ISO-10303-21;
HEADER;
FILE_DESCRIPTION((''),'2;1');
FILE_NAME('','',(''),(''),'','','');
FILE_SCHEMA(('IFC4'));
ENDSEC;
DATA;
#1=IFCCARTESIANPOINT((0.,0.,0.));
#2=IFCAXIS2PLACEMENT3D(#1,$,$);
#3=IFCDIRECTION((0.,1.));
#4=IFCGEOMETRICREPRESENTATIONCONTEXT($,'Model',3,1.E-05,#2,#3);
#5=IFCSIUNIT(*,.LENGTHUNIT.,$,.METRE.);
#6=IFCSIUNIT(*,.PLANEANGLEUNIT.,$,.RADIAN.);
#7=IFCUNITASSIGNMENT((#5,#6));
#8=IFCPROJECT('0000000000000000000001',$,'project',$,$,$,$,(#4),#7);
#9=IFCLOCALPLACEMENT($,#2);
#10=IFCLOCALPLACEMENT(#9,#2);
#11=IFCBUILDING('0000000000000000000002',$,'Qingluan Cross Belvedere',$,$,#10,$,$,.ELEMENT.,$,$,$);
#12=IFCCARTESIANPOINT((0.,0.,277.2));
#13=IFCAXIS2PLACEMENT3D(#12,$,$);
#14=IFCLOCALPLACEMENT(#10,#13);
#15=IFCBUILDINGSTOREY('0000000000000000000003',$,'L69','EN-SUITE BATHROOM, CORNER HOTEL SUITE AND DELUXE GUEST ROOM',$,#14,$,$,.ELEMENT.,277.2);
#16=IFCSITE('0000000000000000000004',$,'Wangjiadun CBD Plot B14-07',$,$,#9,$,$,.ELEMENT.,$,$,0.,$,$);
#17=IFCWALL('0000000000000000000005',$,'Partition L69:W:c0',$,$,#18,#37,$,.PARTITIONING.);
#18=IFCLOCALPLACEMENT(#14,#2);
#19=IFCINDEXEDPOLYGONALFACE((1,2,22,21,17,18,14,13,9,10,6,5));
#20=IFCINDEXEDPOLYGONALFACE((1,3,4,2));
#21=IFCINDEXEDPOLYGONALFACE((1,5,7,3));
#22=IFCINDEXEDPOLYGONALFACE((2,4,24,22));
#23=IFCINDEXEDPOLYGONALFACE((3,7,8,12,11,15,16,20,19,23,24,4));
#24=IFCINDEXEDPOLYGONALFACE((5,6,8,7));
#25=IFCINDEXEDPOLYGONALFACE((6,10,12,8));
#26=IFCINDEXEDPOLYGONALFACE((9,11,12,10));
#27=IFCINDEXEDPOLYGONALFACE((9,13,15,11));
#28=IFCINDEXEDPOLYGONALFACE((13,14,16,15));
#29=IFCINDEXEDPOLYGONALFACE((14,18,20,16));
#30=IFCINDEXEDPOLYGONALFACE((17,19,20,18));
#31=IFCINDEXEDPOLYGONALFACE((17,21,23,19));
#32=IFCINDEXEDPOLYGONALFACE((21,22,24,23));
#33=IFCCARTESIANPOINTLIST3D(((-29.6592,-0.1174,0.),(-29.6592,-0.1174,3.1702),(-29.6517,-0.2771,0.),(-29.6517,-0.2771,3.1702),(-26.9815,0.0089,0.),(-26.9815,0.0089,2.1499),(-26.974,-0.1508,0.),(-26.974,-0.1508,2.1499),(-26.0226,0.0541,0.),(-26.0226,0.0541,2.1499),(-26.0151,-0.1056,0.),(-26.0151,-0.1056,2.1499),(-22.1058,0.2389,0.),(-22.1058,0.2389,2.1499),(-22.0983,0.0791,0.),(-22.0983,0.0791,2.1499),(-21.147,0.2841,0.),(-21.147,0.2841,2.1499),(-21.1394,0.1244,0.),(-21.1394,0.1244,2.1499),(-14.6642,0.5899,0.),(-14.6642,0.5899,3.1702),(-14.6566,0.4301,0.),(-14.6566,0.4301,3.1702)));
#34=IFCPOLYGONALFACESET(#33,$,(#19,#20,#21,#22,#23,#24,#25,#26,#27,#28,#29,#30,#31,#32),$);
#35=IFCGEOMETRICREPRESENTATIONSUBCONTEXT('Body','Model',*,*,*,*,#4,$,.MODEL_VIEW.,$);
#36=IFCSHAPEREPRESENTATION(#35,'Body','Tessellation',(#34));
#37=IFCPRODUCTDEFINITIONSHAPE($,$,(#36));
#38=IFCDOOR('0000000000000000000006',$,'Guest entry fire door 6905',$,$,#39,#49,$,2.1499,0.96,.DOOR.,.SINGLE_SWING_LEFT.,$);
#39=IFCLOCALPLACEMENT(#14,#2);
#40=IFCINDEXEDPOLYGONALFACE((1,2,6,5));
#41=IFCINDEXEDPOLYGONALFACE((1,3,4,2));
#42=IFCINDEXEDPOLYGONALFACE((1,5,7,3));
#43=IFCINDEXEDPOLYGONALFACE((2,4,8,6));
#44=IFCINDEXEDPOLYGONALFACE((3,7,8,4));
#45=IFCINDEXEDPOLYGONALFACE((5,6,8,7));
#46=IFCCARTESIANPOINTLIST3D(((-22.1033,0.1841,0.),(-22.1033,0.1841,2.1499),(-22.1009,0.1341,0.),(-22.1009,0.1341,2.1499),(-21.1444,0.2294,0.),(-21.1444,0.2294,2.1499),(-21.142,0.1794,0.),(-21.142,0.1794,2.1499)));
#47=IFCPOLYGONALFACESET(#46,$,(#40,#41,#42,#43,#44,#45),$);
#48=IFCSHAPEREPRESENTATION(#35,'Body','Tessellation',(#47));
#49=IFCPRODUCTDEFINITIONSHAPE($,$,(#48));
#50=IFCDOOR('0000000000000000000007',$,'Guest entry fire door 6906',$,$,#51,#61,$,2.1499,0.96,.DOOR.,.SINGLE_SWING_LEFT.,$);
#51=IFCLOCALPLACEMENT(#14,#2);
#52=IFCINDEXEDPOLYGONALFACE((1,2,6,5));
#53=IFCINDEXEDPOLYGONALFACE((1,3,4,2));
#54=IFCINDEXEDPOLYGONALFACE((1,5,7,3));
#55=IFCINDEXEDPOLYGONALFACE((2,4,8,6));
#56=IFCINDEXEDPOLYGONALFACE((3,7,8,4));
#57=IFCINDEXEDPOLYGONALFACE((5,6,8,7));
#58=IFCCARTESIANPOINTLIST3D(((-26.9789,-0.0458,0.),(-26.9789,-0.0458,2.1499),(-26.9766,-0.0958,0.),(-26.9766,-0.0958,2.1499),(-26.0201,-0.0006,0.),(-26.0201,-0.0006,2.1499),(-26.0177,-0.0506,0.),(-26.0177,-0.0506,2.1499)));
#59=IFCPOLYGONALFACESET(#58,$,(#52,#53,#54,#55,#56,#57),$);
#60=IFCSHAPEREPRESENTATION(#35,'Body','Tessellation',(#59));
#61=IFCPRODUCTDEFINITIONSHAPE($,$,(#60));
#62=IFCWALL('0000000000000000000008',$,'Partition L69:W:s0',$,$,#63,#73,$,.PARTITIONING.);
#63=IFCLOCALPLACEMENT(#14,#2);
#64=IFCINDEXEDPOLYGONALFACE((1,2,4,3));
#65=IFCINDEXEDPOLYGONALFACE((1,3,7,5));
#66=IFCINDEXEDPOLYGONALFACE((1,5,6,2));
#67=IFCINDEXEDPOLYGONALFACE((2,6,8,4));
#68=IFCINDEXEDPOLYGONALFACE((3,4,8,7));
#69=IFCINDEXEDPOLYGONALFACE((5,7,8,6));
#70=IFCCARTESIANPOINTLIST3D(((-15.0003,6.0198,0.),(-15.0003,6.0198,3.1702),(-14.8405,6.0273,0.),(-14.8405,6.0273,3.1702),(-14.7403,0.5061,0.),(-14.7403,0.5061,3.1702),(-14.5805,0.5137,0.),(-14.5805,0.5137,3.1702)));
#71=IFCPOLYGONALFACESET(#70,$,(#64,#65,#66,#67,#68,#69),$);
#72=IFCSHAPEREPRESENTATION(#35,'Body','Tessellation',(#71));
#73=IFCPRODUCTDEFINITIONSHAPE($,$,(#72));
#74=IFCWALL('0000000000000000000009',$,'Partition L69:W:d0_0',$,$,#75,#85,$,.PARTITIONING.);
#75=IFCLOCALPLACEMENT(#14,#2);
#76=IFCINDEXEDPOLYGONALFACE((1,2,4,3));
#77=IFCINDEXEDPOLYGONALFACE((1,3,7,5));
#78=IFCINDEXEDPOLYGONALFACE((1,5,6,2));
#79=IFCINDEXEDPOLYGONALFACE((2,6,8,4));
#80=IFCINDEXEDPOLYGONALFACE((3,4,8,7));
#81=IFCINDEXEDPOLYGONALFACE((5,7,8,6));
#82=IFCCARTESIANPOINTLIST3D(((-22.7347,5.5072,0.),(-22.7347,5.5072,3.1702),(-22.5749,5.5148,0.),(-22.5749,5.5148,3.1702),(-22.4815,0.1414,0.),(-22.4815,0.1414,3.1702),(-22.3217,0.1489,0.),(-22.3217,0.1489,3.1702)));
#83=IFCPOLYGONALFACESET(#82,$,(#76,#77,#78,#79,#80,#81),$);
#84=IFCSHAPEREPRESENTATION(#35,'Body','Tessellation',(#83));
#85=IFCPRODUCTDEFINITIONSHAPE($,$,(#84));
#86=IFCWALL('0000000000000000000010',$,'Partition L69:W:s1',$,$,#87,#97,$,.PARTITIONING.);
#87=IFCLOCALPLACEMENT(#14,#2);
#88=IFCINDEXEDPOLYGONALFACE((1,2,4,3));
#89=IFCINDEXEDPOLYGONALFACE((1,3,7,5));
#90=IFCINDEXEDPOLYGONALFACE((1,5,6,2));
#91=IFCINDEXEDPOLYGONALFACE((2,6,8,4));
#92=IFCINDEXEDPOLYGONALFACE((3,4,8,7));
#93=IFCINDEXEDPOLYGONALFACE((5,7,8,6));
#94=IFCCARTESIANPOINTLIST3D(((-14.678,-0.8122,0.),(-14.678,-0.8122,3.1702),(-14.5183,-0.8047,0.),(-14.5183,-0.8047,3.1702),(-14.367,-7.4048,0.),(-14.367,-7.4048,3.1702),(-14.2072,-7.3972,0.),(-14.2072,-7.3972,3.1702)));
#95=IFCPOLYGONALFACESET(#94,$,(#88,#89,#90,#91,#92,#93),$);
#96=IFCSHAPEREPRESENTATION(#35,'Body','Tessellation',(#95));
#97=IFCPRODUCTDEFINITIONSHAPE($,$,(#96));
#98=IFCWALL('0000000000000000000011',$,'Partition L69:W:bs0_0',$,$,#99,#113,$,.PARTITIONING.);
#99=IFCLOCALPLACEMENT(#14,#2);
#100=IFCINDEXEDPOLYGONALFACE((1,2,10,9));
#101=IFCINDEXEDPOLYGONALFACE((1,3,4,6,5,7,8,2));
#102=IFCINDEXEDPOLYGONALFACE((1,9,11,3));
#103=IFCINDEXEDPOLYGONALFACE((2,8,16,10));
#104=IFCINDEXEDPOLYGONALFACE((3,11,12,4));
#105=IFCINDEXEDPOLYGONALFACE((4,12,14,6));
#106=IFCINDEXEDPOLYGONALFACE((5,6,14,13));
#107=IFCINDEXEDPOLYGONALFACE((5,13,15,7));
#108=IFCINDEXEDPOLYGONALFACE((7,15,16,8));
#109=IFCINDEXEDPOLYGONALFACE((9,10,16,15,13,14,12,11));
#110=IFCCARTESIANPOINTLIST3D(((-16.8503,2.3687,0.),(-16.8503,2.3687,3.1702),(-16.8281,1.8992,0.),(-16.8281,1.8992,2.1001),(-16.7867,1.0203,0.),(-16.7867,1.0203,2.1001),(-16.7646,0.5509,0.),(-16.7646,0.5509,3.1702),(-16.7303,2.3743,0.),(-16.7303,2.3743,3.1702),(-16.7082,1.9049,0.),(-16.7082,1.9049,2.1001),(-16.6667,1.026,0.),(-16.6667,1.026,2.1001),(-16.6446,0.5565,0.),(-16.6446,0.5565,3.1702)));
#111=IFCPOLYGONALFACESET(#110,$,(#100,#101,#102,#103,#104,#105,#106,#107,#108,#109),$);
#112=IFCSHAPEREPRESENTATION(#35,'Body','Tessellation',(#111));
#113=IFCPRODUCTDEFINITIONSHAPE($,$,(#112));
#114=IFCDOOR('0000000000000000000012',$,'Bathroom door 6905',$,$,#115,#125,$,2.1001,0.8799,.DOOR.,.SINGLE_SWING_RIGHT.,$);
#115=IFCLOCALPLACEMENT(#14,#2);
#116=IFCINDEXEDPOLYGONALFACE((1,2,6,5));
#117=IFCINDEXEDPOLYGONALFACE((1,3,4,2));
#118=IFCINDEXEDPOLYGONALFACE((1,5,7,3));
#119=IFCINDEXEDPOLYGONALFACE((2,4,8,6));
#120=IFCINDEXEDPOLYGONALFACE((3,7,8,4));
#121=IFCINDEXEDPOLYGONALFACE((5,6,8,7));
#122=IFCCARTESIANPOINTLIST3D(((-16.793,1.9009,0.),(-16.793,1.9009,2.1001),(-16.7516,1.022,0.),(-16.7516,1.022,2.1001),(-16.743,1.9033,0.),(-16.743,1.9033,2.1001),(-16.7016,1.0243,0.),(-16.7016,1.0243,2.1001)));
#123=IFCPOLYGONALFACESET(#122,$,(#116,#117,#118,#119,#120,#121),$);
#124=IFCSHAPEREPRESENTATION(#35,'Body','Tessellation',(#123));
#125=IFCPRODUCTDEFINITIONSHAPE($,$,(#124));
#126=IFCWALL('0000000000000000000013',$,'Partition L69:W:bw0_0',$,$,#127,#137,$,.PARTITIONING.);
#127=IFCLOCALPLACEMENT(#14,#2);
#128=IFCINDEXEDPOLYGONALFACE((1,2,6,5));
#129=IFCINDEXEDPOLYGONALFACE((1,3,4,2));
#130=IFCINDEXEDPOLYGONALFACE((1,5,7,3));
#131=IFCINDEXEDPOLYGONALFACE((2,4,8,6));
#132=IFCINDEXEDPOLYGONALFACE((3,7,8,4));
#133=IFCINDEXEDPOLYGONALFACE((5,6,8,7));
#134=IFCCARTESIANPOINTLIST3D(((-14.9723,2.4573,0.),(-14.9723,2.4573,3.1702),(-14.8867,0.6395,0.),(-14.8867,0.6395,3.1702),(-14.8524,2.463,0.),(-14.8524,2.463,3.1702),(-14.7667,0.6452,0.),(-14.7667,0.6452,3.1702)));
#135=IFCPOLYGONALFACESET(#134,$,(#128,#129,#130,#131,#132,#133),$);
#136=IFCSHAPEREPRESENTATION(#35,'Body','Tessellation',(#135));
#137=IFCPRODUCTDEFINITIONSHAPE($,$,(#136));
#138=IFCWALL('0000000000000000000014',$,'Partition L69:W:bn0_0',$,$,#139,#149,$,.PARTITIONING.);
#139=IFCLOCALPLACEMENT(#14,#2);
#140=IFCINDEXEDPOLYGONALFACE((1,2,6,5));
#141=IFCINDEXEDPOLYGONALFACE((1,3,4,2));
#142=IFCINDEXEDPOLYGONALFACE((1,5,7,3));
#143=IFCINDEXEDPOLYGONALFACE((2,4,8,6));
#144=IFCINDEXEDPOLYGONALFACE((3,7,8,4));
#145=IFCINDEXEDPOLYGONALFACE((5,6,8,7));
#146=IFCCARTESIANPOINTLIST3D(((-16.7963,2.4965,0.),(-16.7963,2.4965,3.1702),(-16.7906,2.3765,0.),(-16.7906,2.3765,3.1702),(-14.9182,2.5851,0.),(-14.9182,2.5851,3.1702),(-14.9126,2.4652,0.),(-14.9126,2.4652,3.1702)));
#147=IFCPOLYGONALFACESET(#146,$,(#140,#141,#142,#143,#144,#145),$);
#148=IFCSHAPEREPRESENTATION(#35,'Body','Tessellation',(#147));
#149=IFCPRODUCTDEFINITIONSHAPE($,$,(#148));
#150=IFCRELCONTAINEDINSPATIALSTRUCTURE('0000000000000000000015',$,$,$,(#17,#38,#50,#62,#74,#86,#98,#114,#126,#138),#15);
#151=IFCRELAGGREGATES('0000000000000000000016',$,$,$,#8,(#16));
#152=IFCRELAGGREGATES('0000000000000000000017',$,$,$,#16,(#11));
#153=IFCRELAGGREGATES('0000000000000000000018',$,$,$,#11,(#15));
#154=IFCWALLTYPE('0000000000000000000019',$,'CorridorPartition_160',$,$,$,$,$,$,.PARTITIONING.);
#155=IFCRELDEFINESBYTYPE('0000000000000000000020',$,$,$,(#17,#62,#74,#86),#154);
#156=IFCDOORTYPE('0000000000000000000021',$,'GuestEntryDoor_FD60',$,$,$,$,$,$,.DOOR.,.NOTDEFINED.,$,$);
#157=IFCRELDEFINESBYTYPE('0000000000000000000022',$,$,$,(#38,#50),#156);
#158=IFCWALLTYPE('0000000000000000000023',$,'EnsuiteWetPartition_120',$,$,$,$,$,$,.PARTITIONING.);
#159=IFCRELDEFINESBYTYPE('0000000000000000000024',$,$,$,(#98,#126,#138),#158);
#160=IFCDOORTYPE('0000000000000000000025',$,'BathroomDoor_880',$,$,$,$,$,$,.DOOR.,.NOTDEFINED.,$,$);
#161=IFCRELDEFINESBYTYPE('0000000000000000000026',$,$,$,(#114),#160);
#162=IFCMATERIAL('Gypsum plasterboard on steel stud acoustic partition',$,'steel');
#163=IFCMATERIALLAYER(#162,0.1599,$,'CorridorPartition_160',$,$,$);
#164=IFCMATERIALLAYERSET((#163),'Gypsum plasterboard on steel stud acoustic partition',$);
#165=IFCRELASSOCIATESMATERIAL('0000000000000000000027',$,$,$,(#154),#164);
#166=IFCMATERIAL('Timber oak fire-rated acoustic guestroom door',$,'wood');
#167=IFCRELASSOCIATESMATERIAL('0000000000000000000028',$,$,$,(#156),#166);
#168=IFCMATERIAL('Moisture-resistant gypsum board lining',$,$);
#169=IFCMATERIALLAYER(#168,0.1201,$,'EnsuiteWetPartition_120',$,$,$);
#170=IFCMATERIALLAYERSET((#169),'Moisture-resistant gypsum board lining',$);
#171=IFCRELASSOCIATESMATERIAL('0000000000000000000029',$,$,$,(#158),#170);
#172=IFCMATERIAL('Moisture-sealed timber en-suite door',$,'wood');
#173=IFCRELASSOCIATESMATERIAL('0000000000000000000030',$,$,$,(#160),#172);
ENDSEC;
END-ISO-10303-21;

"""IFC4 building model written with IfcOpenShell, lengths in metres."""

from ifc_helpers import new_model, si_unit, direction, frame, frame_2d, origin, place, context, subcontext, project, spatial, rectangle, extrude, material, layer, layer_set, type_object, element, fill, save


model = new_model("IFC4")

# Units and contexts
model_context = context("Model", 3, precision=1e-05, world=origin(), true_north=direction((0.0, 1.0)))
body_context = subcontext(model_context, "Body", "Model", "MODEL_VIEW")
ifc_project = project(units=[si_unit("LENGTHUNIT", "METRE"), si_unit("PLANEANGLEUNIT", "RADIAN")], contexts=[model_context])

# Site, building, storey
site_placement = place(None, origin())
site = spatial("IfcSite", under=ifc_project, at=site_placement, Name="Wangjiadun CBD Plot B14-07", CompositionType="ELEMENT", RefElevation=0.0)
building_placement = place(site_placement, origin())
building = spatial("IfcBuilding", under=site, at=building_placement, Name="Qingluan Cross Belvedere", CompositionType="ELEMENT")
storey_placement = place(building_placement, frame((0.0, 0.0, 277.2)))
storey = spatial("IfcBuildingStorey", under=building, at=storey_placement, Name="L69", Description="EN-SUITE BATHROOM, CORNER HOTEL SUITE AND DELUXE GUEST ROOM", CompositionType="ELEMENT", Elevation=277.2)

# Wall, openings, doors
ifc_material_1 = material(Name="Gypsum plasterboard on steel stud acoustic partition", Category="steel")
ifc_layer_1 = layer(ifc_material_1, 0.1599, Name="CorridorPartition_160")
ifc_layer_set_1 = layer_set([ifc_layer_1], Name="Gypsum plasterboard on steel stud acoustic partition")
wall_type_1 = type_object("IfcWallType", Name="CorridorPartition_160", PredefinedType="PARTITIONING", material=ifc_layer_set_1)
wall_1_placement = place(storey_placement, frame((-14.6604, 0.51, 0.0), z_axis=(0.0, 0.0, 1.0), x_axis=(-0.998889, -0.047115, 0.0)))
wall_1 = element("IfcWall", 1, at=wall_1_placement, inside=storey, type_object=wall_type_1, Name="Partition L69:W:c0", PredefinedType="PARTITIONING", context=body_context, shape_type="SweptSolid", body=[
    extrude(rectangle(XDim=15.0117, YDim=0.1599, at=frame_2d((7.5059, 0.0))), origin(), (0.0, 0.0, 1.0), 3.1702),
])
opening_1_placement = place(wall_1_placement, frame((6.49, 0.0, 0.0)))
opening_1 = element("IfcOpeningElement", 2, at=opening_1_placement, cuts=wall_1, PredefinedType="OPENING", context=body_context, shape_type="SweptSolid", body=[
    extrude(rectangle(XDim=0.96, YDim=2.1499, at=frame_2d((0.48, 1.075))), frame((0.0, 0.0898, 0.0), z_axis=(0.0, -1.0, 0.0), x_axis=(1.0, 0.0, 0.0)), (0.0, 0.0, 1.0), 0.1799),
])
opening_2_placement = place(wall_1_placement, frame((11.3711, 0.0, 0.0)))
opening_2 = element("IfcOpeningElement", 3, at=opening_2_placement, cuts=wall_1, PredefinedType="OPENING", context=body_context, shape_type="SweptSolid", body=[
    extrude(rectangle(XDim=0.96, YDim=2.1499, at=frame_2d((0.48, 1.075))), frame((0.0, 0.0898, 0.0), z_axis=(0.0, -1.0, 0.0), x_axis=(1.0, 0.0, 0.0)), (0.0, 0.0, 1.0), 0.1799),
])
ifc_material_2 = material(Name="Timber oak fire-rated acoustic guestroom door", Category="wood")
door_type_1 = type_object("IfcDoorType", Name="GuestEntryDoor_FD60", OperationType="NOTDEFINED", PredefinedType="DOOR", material=ifc_material_2)
door_1_placement = place(opening_1_placement, origin())
door_1 = element("IfcDoor", 4, at=door_1_placement, inside=storey, type_object=door_type_1, Name="Guest entry fire door 6905", OperationType="SINGLE_SWING_LEFT", OverallHeight=2.1499, OverallWidth=0.96, PredefinedType="DOOR", context=body_context, shape_type="SweptSolid", body=[
    extrude(rectangle(XDim=0.96, YDim=2.1499, at=frame_2d((0.48, 1.075))), frame((0.0, 0.0249, 0.0), z_axis=(0.0, -1.0, 0.0), x_axis=(1.0, 0.0, 0.0)), (0.0, 0.0, 1.0), 0.05),
])
fill(opening_1, door_1)
door_2_placement = place(opening_2_placement, origin())
door_2 = element("IfcDoor", 5, at=door_2_placement, inside=storey, type_object=door_type_1, Name="Guest entry fire door 6906", OperationType="SINGLE_SWING_LEFT", OverallHeight=2.1499, OverallWidth=0.96, PredefinedType="DOOR", context=body_context, shape_type="SweptSolid", body=[
    extrude(rectangle(XDim=0.96, YDim=2.1499, at=frame_2d((0.48, 1.075))), frame((0.0, 0.0249, 0.0), z_axis=(0.0, -1.0, 0.0), x_axis=(1.0, 0.0, 0.0)), (0.0, 0.0, 1.0), 0.05),
])
fill(opening_2, door_2)

# Walls
wall_2_placement = place(storey_placement, frame((-14.6604, 0.51, 0.0), z_axis=(0.0, 0.0, 1.0), x_axis=(-0.047105, 0.99889, 0.0)))
element("IfcWall", 6, at=wall_2_placement, inside=storey, type_object=wall_type_1, Name="Partition L69:W:s0", PredefinedType="PARTITIONING", context=body_context, shape_type="SweptSolid", body=[
    extrude(rectangle(XDim=5.5198, YDim=0.1599, at=frame_2d((2.7598, 0.0))), origin(), (0.0, 0.0, 1.0), 3.1702),
])
wall_3_placement = place(storey_placement, frame((-22.4016, 0.145, 0.0), z_axis=(0.0, 0.0, 1.0), x_axis=(-0.047129, 0.998889, 0.0)))
element("IfcWall", 7, at=wall_3_placement, inside=storey, type_object=wall_type_1, Name="Partition L69:W:d0_0", PredefinedType="PARTITIONING", context=body_context, shape_type="SweptSolid", body=[
    extrude(rectangle(XDim=5.3718, YDim=0.1599, at=frame_2d((2.686, 0.0))), origin(), (0.0, 0.0, 1.0), 3.1702),
])
wall_4_placement = place(storey_placement, frame((-14.5981, -0.8086, 0.0), z_axis=(0.0, 0.0, 1.0), x_axis=(0.047128, -0.998889, 0.0)))
element("IfcWall", 8, at=wall_4_placement, inside=storey, type_object=wall_type_1, Name="Partition L69:W:s1", PredefinedType="PARTITIONING", context=body_context, shape_type="SweptSolid", body=[
    extrude(rectangle(XDim=6.5999, YDim=0.1599, at=frame_2d((3.2998, 0.0))), origin(), (0.0, 0.0, 1.0), 3.1702),
])

# Wall, opening, door
ifc_material_3 = material(Name="Moisture-resistant gypsum board lining")
ifc_layer_2 = layer(ifc_material_3, 0.1201, Name="EnsuiteWetPartition_120")
ifc_layer_set_2 = layer_set([ifc_layer_2], Name="Moisture-resistant gypsum board lining")
wall_type_2 = type_object("IfcWallType", Name="EnsuiteWetPartition_120", PredefinedType="PARTITIONING", material=ifc_layer_set_2)
wall_5_placement = place(storey_placement, frame((-16.7046, 0.5537, 0.0), z_axis=(0.0, 0.0, 1.0), x_axis=(-0.047087, 0.998891, 0.0)))
wall_5 = element("IfcWall", 9, at=wall_5_placement, inside=storey, type_object=wall_type_2, Name="Partition L69:W:bs0_0", PredefinedType="PARTITIONING", context=body_context, shape_type="SweptSolid", body=[
    extrude(rectangle(XDim=1.8198, YDim=0.1201, at=frame_2d((0.9099, 0.0))), origin(), (0.0, 0.0, 1.0), 3.1702),
])
opening_3_placement = place(wall_5_placement, frame((0.47, 0.0, 0.0)))
opening_3 = element("IfcOpeningElement", 10, at=opening_3_placement, cuts=wall_5, PredefinedType="OPENING", context=body_context, shape_type="SweptSolid", body=[
    extrude(rectangle(XDim=0.8799, YDim=2.1001, at=frame_2d((0.4399, 1.05))), frame((0.0, 0.0701, 0.0), z_axis=(0.0, -1.0, 0.0), x_axis=(1.0, 0.0, 0.0)), (0.0, 0.0, 1.0), 0.1401),
])
ifc_material_4 = material(Name="Moisture-sealed timber en-suite door", Category="wood")
door_type_2 = type_object("IfcDoorType", Name="BathroomDoor_880", OperationType="NOTDEFINED", PredefinedType="DOOR", material=ifc_material_4)
door_3_placement = place(opening_3_placement, origin())
door_3 = element("IfcDoor", 11, at=door_3_placement, inside=storey, type_object=door_type_2, Name="Bathroom door 6905", OperationType="SINGLE_SWING_RIGHT", OverallHeight=2.1001, OverallWidth=0.8799, PredefinedType="DOOR", context=body_context, shape_type="SweptSolid", body=[
    extrude(rectangle(XDim=0.8799, YDim=2.1001, at=frame_2d((0.4399, 1.05))), frame((0.0, 0.0249, 0.0), z_axis=(0.0, -1.0, 0.0), x_axis=(1.0, 0.0, 0.0)), (0.0, 0.0, 1.0), 0.05),
])
fill(opening_3, door_3)

# Walls
wall_6_placement = place(storey_placement, frame((-14.8267, 0.6423, 0.0), z_axis=(0.0, 0.0, 1.0), x_axis=(-0.047087, 0.998891, 0.0)))
element("IfcWall", 12, at=wall_6_placement, inside=storey, type_object=wall_type_2, Name="Partition L69:W:bw0_0", PredefinedType="PARTITIONING", context=body_context, shape_type="SweptSolid", body=[
    extrude(rectangle(XDim=1.8198, YDim=0.1201, at=frame_2d((0.9099, 0.0))), origin(), (0.0, 0.0, 1.0), 3.1702),
])
wall_7_placement = place(storey_placement, frame((-14.9155, 2.5251, 0.0), z_axis=(0.0, 0.0, 1.0), x_axis=(-0.998888, -0.047139, 0.0)))
element("IfcWall", 13, at=wall_7_placement, inside=storey, type_object=wall_type_2, Name="Partition L69:W:bn0_0", PredefinedType="PARTITIONING", context=body_context, shape_type="SweptSolid", body=[
    extrude(rectangle(XDim=1.8801, YDim=0.1201, at=frame_2d((0.9399, 0.0))), origin(), (0.0, 0.0, 1.0), 3.1702),
])

save(model, "model.ifc")
